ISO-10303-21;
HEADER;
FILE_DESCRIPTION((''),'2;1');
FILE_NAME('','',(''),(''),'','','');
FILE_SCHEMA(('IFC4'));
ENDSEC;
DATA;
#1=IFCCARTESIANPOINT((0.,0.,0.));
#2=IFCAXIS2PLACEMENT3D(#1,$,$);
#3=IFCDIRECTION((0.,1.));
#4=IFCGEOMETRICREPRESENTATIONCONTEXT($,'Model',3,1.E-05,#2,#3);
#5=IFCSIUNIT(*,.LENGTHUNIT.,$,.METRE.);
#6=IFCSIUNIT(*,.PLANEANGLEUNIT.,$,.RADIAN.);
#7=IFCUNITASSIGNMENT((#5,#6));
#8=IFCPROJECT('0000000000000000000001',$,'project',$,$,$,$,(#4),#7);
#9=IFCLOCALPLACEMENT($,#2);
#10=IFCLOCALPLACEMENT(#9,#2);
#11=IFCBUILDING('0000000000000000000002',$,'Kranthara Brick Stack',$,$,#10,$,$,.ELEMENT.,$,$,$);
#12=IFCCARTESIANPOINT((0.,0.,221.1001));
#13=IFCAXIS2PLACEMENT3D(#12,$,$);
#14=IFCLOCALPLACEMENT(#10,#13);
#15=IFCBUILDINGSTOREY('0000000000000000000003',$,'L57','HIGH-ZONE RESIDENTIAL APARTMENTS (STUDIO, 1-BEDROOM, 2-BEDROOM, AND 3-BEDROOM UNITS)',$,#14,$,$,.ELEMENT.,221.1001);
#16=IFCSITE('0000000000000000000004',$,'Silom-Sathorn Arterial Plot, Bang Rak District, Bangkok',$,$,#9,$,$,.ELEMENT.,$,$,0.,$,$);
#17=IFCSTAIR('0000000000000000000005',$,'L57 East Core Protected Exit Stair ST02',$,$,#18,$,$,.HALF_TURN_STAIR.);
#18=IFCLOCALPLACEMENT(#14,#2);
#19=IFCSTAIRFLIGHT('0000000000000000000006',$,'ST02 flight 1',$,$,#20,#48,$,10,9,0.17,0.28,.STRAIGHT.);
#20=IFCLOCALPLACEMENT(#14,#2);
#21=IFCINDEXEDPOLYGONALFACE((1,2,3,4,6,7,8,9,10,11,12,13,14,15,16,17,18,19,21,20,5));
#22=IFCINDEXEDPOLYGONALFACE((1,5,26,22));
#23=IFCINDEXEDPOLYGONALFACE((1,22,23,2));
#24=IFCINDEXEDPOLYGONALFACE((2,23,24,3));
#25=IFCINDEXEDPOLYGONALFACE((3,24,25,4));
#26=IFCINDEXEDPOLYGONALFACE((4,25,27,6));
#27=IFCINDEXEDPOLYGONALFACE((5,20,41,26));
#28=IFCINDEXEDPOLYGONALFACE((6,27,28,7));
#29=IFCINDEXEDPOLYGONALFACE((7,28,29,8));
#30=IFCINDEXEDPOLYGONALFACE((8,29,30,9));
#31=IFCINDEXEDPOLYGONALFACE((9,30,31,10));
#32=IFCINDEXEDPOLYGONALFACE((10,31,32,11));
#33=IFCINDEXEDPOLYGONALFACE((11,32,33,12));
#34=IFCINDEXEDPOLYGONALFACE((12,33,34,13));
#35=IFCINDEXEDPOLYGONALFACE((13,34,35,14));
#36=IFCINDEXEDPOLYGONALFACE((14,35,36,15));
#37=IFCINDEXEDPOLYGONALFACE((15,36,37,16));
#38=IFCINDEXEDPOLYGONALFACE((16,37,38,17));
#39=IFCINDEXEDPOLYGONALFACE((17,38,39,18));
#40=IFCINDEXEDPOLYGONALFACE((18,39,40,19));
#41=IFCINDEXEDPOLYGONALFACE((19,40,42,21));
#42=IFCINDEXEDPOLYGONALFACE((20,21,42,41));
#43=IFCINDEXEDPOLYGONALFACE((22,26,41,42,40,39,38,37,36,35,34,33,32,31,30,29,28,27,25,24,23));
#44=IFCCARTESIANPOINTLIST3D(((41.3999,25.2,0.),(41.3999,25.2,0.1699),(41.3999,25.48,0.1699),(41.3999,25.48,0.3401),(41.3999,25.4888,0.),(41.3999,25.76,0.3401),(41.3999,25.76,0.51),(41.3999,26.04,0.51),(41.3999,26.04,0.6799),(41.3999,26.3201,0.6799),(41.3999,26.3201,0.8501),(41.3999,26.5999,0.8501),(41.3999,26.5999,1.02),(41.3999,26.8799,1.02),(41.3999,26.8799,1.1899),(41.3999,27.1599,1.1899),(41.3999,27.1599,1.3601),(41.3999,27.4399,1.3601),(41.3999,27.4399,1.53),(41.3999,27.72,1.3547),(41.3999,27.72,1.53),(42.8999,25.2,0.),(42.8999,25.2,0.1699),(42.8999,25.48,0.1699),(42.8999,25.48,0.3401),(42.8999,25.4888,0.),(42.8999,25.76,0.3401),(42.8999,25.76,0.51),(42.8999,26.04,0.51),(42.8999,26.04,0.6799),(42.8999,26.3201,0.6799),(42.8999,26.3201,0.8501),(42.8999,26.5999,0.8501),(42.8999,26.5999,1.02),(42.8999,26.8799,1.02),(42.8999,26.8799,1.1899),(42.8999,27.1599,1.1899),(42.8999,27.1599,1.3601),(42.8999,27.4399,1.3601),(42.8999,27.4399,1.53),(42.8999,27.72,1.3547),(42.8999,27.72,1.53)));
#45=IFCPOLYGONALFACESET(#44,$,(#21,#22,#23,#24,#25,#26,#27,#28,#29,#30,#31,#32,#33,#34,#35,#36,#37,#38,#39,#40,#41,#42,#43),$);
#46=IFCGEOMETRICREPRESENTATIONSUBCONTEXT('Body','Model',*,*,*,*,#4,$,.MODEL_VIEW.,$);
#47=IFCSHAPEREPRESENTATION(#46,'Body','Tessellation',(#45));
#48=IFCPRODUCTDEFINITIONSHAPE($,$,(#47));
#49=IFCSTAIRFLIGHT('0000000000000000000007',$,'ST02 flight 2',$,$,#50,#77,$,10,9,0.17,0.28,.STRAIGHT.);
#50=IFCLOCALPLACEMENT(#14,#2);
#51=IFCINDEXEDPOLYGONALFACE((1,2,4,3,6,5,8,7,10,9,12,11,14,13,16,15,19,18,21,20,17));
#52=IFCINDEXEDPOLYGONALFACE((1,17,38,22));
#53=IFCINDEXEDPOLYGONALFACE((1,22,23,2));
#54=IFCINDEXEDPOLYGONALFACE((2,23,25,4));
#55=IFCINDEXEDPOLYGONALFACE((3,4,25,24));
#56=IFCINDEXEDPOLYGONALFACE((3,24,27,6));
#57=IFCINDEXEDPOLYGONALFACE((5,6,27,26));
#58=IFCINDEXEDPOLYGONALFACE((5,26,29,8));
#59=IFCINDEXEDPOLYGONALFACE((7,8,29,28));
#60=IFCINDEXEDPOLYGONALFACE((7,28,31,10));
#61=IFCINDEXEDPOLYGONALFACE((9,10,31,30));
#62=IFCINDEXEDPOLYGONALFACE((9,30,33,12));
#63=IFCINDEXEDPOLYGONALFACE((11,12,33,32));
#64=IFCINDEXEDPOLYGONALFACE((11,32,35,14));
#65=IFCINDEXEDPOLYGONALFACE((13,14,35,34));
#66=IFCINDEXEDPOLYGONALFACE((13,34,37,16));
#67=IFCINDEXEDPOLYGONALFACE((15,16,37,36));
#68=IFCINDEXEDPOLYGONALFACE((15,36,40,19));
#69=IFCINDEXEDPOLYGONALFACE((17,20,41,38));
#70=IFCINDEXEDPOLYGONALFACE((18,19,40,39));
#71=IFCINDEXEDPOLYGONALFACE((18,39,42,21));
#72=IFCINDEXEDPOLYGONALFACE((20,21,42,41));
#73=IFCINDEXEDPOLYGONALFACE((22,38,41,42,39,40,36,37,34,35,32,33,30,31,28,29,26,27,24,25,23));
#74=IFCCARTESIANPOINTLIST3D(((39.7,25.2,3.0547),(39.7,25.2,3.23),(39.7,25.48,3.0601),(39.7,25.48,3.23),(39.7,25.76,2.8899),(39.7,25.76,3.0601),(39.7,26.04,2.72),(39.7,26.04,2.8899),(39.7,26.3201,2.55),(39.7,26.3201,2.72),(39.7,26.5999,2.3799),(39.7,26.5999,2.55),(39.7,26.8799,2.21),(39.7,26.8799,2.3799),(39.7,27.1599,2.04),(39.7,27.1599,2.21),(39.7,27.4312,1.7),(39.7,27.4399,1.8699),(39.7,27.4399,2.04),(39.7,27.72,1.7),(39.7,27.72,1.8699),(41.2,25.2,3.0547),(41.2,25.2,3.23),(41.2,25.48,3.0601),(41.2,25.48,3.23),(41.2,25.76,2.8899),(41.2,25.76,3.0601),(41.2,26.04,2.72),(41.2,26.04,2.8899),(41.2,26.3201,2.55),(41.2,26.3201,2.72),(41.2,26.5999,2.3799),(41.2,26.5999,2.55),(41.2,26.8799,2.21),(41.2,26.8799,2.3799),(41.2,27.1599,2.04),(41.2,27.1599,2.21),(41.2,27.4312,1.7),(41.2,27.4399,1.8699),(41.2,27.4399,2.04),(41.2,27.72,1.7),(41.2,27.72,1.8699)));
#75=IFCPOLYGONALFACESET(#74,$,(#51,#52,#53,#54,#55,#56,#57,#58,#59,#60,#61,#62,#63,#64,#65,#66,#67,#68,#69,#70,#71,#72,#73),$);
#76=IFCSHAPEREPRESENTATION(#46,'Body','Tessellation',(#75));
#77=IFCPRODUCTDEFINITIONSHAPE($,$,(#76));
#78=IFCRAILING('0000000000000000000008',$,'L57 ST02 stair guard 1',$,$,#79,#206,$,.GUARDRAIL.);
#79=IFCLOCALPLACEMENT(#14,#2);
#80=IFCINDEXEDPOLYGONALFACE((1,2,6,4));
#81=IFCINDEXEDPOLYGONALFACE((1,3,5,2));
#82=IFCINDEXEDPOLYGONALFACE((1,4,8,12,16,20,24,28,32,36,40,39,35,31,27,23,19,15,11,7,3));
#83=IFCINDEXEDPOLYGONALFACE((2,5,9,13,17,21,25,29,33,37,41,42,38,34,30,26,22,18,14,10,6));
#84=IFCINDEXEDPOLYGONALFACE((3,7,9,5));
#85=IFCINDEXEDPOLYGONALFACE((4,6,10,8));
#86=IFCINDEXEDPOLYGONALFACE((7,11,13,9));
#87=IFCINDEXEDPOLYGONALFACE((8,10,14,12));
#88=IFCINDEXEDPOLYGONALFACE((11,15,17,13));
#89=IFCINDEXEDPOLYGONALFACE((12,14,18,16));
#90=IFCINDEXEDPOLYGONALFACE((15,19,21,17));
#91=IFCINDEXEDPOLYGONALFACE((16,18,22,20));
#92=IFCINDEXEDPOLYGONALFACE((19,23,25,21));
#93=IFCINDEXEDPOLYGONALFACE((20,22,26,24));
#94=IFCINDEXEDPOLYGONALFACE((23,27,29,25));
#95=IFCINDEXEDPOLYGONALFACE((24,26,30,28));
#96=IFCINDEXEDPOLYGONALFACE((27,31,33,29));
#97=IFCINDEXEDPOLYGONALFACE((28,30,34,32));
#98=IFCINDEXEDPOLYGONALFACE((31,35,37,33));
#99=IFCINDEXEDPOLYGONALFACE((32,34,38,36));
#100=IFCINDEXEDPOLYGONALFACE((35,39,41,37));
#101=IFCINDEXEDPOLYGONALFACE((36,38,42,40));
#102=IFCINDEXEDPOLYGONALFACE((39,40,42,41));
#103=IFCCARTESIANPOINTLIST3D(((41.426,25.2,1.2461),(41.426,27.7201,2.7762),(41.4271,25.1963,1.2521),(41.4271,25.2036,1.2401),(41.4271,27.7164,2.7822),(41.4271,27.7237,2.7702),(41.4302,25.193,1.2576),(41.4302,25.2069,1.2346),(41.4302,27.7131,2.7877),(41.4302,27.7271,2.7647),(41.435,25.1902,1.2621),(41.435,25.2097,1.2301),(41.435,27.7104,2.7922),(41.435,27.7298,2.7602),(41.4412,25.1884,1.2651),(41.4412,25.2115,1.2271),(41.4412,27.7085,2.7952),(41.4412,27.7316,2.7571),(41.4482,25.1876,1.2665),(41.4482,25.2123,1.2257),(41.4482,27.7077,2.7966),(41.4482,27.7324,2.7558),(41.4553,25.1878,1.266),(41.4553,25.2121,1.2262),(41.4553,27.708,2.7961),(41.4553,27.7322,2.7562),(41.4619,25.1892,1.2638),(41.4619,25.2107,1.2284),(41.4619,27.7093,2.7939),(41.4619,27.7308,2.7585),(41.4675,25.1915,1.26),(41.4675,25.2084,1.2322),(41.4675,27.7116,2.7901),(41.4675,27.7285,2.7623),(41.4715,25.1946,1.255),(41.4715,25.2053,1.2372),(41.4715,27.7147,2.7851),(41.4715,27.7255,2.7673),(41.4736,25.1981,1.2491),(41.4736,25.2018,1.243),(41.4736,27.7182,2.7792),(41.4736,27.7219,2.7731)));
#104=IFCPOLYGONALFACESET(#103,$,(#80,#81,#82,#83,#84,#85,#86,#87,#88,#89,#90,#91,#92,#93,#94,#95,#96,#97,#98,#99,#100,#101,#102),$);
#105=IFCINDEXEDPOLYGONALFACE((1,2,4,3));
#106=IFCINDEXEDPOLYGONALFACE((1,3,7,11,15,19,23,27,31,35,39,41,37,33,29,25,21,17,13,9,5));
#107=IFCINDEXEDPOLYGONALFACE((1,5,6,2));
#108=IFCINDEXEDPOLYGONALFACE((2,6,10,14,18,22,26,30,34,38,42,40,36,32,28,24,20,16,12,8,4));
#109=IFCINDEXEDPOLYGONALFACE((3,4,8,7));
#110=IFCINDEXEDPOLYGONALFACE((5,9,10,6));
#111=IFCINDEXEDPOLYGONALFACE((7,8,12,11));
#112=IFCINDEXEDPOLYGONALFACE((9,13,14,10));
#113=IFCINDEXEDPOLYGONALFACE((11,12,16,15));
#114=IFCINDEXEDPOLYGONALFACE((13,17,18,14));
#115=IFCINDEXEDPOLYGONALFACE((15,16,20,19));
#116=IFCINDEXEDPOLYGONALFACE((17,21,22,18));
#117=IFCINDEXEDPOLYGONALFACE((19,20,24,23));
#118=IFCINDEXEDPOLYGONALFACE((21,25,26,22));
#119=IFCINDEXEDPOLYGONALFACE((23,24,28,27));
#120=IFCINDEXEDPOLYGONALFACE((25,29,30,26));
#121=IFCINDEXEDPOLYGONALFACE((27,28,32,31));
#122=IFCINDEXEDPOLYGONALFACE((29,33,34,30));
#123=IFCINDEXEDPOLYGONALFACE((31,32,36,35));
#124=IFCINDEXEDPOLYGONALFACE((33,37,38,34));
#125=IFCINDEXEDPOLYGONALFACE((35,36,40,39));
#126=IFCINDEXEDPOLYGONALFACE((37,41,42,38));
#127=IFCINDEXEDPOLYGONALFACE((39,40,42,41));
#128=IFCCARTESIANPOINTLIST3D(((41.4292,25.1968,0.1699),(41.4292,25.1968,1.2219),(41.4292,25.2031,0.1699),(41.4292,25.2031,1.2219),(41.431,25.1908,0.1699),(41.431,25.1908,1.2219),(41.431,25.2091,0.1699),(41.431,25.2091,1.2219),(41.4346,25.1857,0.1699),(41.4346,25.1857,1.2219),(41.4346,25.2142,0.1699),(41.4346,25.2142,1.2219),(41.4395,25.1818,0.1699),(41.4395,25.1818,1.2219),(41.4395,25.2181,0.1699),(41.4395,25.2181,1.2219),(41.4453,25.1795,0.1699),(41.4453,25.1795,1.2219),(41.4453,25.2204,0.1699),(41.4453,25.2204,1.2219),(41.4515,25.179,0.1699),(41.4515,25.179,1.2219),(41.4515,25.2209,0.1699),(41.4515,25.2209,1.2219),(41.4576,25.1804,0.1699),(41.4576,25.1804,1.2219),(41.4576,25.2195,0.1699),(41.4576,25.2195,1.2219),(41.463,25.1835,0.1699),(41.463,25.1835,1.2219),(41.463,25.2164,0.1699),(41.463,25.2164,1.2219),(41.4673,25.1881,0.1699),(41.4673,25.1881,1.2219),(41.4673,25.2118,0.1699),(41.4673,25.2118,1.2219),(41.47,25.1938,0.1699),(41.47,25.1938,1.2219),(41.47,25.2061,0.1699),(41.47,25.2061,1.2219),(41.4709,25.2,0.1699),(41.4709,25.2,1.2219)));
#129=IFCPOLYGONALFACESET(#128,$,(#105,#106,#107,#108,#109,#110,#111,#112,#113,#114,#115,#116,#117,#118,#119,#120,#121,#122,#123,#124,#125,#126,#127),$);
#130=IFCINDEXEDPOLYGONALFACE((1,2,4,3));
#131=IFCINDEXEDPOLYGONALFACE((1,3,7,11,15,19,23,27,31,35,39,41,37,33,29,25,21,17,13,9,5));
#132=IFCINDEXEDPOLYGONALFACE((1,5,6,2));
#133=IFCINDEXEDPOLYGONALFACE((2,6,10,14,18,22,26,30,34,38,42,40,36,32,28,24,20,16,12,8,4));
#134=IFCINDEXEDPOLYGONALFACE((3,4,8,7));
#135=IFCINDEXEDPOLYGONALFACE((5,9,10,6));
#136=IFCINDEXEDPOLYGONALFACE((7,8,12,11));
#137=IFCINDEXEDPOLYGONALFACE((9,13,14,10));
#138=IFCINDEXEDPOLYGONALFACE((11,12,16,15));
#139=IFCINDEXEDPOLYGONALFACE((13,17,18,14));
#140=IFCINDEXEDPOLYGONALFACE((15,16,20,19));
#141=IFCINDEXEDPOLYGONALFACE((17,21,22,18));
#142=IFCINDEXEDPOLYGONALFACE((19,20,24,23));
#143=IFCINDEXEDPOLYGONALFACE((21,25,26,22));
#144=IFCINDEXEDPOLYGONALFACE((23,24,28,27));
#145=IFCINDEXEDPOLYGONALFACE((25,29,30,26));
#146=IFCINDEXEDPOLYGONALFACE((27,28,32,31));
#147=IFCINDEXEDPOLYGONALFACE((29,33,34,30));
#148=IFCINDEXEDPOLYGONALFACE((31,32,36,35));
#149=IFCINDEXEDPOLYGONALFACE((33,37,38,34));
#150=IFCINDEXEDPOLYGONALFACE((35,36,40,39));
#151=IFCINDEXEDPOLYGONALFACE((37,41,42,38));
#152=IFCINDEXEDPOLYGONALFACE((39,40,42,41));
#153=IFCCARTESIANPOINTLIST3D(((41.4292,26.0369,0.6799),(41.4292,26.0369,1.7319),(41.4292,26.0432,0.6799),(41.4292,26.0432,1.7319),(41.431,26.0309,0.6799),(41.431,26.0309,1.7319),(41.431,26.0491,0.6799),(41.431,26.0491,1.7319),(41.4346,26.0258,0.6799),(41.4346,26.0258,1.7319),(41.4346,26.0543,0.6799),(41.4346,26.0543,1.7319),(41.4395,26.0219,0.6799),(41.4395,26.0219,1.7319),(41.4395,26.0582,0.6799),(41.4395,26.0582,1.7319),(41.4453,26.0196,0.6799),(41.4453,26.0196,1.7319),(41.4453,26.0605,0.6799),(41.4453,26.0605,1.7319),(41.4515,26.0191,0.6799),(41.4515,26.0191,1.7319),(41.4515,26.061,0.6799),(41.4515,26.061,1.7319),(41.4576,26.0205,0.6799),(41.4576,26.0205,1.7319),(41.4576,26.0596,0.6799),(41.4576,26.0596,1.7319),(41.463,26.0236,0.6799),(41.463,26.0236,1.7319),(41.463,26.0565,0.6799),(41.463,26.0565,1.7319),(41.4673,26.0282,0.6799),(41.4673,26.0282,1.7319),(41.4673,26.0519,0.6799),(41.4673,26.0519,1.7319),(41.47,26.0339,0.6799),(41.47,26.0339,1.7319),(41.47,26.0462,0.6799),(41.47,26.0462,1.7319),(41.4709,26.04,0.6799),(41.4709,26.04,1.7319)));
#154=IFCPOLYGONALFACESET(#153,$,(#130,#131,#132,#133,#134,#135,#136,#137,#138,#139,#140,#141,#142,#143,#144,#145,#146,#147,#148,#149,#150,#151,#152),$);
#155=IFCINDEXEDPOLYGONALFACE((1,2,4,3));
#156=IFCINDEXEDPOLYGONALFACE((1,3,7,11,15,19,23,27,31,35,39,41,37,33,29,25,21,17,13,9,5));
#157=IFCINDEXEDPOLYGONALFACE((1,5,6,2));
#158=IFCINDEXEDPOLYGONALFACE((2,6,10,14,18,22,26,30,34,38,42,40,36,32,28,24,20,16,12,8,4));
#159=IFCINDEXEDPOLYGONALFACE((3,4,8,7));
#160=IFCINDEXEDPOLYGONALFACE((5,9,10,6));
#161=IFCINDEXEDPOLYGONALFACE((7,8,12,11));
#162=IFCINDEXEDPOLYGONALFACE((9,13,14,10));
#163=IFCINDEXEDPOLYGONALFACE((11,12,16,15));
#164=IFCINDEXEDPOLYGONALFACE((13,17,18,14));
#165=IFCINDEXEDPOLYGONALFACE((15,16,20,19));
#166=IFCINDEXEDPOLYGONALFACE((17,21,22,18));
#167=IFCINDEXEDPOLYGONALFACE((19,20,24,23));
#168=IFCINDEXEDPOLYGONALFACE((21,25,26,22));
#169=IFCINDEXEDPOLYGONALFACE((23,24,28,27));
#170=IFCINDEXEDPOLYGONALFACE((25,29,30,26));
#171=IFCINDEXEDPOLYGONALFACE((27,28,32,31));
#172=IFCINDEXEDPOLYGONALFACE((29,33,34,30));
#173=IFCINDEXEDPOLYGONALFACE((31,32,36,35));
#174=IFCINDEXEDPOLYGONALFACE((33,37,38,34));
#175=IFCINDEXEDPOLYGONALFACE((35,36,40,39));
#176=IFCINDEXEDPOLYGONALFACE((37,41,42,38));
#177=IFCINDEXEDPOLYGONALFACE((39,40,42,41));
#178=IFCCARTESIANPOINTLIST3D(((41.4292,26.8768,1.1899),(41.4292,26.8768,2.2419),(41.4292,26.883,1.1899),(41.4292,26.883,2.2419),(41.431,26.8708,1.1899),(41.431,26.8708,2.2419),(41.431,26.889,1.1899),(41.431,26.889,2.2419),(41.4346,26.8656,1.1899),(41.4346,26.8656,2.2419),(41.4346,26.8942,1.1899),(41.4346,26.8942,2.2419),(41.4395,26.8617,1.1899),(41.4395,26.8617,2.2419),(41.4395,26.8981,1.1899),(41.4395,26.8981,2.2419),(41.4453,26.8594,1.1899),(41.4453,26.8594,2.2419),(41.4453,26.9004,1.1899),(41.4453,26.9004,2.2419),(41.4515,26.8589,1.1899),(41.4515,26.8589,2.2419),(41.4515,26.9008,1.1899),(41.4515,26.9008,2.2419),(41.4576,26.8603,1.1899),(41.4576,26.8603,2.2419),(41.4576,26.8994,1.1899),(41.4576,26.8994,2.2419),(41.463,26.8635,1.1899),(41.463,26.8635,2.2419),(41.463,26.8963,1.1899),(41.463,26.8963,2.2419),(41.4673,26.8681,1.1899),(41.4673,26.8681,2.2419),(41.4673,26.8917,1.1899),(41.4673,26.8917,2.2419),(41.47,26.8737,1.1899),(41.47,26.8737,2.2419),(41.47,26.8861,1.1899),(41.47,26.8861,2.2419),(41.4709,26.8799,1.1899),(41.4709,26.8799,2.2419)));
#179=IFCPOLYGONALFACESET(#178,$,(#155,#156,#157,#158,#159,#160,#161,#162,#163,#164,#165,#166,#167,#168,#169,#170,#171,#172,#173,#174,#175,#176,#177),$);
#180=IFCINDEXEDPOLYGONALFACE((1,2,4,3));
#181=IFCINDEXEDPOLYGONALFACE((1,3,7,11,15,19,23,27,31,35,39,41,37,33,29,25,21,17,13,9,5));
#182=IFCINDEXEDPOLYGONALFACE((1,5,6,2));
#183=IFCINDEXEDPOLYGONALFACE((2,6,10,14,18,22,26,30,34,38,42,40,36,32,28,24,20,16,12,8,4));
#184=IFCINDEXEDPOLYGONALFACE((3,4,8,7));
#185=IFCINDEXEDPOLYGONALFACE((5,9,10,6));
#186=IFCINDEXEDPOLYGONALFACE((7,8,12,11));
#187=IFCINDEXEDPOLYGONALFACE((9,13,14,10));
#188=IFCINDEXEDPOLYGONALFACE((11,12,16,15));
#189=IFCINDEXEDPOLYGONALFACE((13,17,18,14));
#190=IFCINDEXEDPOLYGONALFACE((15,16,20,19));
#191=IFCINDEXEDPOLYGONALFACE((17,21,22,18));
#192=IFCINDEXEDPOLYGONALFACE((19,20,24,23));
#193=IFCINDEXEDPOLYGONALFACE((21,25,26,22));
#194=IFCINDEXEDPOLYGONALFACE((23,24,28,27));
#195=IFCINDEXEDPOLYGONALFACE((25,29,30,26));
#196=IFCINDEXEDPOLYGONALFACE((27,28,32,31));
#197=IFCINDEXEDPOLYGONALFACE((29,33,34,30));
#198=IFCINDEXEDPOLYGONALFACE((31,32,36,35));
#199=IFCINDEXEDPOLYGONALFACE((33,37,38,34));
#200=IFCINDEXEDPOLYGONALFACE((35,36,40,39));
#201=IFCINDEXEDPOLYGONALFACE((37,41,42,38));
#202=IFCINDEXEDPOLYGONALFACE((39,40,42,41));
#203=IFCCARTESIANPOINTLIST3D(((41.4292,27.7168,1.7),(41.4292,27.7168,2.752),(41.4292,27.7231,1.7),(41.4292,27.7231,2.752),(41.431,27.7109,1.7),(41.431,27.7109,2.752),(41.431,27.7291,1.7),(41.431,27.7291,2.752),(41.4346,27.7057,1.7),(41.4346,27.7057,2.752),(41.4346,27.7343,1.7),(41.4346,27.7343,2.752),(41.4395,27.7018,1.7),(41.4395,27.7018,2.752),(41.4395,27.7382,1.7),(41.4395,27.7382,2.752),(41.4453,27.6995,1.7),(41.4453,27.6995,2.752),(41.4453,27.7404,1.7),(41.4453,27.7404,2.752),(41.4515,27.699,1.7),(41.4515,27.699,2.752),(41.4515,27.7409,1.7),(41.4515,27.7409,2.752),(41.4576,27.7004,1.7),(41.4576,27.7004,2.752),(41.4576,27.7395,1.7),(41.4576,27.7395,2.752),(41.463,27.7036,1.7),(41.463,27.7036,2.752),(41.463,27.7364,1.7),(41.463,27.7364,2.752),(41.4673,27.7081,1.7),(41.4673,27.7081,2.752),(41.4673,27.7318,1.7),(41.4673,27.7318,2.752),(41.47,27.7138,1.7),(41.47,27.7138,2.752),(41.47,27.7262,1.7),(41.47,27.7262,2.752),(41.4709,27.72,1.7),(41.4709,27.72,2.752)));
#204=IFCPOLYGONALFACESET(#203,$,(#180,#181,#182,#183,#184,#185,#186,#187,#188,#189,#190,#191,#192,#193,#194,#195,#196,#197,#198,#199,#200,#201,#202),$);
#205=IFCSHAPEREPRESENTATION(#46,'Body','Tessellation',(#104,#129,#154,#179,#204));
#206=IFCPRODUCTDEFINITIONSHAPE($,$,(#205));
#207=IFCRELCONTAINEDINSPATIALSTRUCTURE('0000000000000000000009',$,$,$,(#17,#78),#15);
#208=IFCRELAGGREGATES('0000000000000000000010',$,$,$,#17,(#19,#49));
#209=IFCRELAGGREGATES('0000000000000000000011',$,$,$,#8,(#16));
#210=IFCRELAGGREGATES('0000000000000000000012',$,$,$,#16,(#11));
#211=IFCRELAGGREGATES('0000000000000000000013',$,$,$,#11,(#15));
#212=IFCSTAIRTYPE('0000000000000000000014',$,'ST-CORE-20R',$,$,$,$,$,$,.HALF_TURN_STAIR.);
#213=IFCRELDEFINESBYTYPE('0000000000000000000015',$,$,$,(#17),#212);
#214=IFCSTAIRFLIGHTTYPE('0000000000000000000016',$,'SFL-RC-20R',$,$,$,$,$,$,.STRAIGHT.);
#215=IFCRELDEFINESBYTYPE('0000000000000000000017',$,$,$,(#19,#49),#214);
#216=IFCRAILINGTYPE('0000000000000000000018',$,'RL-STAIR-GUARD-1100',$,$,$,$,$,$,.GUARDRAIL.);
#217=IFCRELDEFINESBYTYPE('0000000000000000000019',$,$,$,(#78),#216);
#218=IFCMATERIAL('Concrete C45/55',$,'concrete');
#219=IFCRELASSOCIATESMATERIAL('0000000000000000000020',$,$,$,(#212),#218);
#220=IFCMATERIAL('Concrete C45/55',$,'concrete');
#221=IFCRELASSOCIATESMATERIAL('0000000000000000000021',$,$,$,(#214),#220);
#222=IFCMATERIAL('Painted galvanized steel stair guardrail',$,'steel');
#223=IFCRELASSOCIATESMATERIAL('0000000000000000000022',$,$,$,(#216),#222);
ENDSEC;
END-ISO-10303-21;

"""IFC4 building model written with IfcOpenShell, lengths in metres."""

from ifc_helpers import new_model, si_unit, direction, frame, origin, origin_2d, place, context, subcontext, project, spatial, polyline, circle, outline, extrude, material, type_object, element, aggregate, save


model = new_model("IFC4")

# Units and contexts
model_context = context("Model", 3, precision=1e-05, world=origin(), true_north=direction((0.0, 1.0)))
body_context = subcontext(model_context, "Body", "Model", "MODEL_VIEW")
ifc_project = project(units=[si_unit("LENGTHUNIT", "METRE"), si_unit("PLANEANGLEUNIT", "RADIAN")], contexts=[model_context])

# Site, building, storey
site_placement = place(None, origin())
site = spatial("IfcSite", under=ifc_project, at=site_placement, Name="Silom-Sathorn Arterial Plot, Bang Rak District, Bangkok", CompositionType="ELEMENT", RefElevation=0.0)
building_placement = place(site_placement, origin())
building = spatial("IfcBuilding", under=site, at=building_placement, Name="Kranthara Brick Stack", CompositionType="ELEMENT")
storey_placement = place(building_placement, frame((0.0, 0.0, 221.1001)))
storey = spatial("IfcBuildingStorey", under=building, at=storey_placement, Name="L57", Description="HIGH-ZONE RESIDENTIAL APARTMENTS (STUDIO, 1-BEDROOM, 2-BEDROOM, AND 3-BEDROOM UNITS)", CompositionType="ELEMENT", Elevation=221.1001)

# Stair, stair flights
ifc_material_1 = material(Name="Concrete C45/55", Category="concrete")
stair_type = type_object("IfcStairType", Name="ST-CORE-20R", PredefinedType="HALF_TURN_STAIR", material=ifc_material_1)
stair_placement = place(storey_placement, origin())
stair = element("IfcStair", 1, at=stair_placement, inside=storey, type_object=stair_type, Name="L57 East Core Protected Exit Stair ST02", PredefinedType="HALF_TURN_STAIR")
ifc_material_2 = material(Name="Concrete C45/55", Category="concrete")
stair_flight_type = type_object("IfcStairFlightType", Name="SFL-RC-20R", PredefinedType="STRAIGHT", material=ifc_material_2)
stair_flight_1_placement = place(storey_placement, frame((42.1499, 25.2, 0.0), z_axis=(0.0, 0.0, 1.0), x_axis=(0.0, 1.0, 0.0)))
stair_flight_1 = element("IfcStairFlight", 2, at=stair_flight_1_placement, type_object=stair_flight_type, Name="ST02 flight 1", NumberOfRisers=10, NumberOfTreads=9, PredefinedType="STRAIGHT", RiserHeight=0.17, TreadLength=0.28, context=body_context, shape_type="SweptSolid", body=[
    extrude(outline(polyline([(0.0, 0.0), (0.0, 0.1699), (0.28, 0.1699), (0.28, 0.3401), (0.5601, 0.3401), (0.5601, 0.51), (0.8401, 0.51), (0.8401, 0.6799), (1.1201, 0.6799), (1.1201, 0.8501), (1.3999, 0.8501), (1.3999, 1.02), (1.6799, 1.02), (1.6799, 1.1899), (1.96, 1.1899), (1.96, 1.3601), (2.24, 1.3601), (2.24, 1.53), (2.52, 1.53), (2.52, 1.7), (2.52, 1.3547), (0.2888, 0.0), (0.0, 0.0)])), frame((0.0, 0.75, 0.0), z_axis=(0.0, -1.0, 0.0), x_axis=(1.0, 0.0, 0.0)), (0.0, 0.0, 1.0), 1.5),
])
stair_flight_2_placement = place(storey_placement, frame((40.45, 27.72, 1.7), z_axis=(0.0, 0.0, 1.0), x_axis=(0.0, -1.0, 0.0)))
stair_flight_2 = element("IfcStairFlight", 3, at=stair_flight_2_placement, type_object=stair_flight_type, Name="ST02 flight 2", NumberOfRisers=10, NumberOfTreads=9, PredefinedType="STRAIGHT", RiserHeight=0.17, TreadLength=0.28, context=body_context, shape_type="SweptSolid", body=[
    extrude(outline(polyline([(0.0, 0.0), (0.0, 0.1699), (0.28, 0.1699), (0.28, 0.3401), (0.5601, 0.3401), (0.5601, 0.51), (0.8401, 0.51), (0.8401, 0.6799), (1.1201, 0.6799), (1.1201, 0.8501), (1.3999, 0.8501), (1.3999, 1.02), (1.6799, 1.02), (1.6799, 1.1899), (1.96, 1.1899), (1.96, 1.3601), (2.24, 1.3601), (2.24, 1.53), (2.52, 1.53), (2.52, 1.7), (2.52, 1.3547), (0.2888, 0.0), (0.0, 0.0)])), frame((0.0, 0.75, 0.0), z_axis=(0.0, -1.0, 0.0), x_axis=(1.0, 0.0, 0.0)), (0.0, 0.0, 1.0), 1.5),
])
aggregate(stair, [stair_flight_1, stair_flight_2])

# Railing
ifc_material_3 = material(Name="Painted galvanized steel stair guardrail", Category="steel")
railing_type_1 = type_object("IfcRailingType", Name="RL-STAIR-GUARD-1100", PredefinedType="GUARDRAIL", material=ifc_material_3)
railing_1_placement = place(storey_placement, frame((41.45, 25.2, 0.1699)))
element("IfcRailing", 4, at=railing_1_placement, inside=storey, type_object=railing_type_1, Name="L57 ST02 stair guard 1", PredefinedType="GUARDRAIL", context=body_context, shape_type="SweptSolid", body=[
    extrude(circle(Radius=0.0239, at=origin_2d()), frame((0.0, 0.0, 1.0762), z_axis=(0.0, 0.854785, 0.518982), x_axis=(-1.0, 0.0, 0.0)), (0.0, 0.0, 1.0), 2.9482),
    extrude(circle(Radius=0.021, at=origin_2d()), origin(), (0.0, 0.0, 1.0), 1.052),
    extrude(circle(Radius=0.021, at=origin_2d()), frame((0.0, 0.8401, 0.51)), (0.0, 0.0, 1.0), 1.052),
    extrude(circle(Radius=0.021, at=origin_2d()), frame((0.0, 1.6799, 1.02)), (0.0, 0.0, 1.0), 1.052),
    extrude(circle(Radius=0.021, at=origin_2d()), frame((0.0, 2.52, 1.53)), (0.0, 0.0, 1.0), 1.052),
])

save(model, "model.ifc")
